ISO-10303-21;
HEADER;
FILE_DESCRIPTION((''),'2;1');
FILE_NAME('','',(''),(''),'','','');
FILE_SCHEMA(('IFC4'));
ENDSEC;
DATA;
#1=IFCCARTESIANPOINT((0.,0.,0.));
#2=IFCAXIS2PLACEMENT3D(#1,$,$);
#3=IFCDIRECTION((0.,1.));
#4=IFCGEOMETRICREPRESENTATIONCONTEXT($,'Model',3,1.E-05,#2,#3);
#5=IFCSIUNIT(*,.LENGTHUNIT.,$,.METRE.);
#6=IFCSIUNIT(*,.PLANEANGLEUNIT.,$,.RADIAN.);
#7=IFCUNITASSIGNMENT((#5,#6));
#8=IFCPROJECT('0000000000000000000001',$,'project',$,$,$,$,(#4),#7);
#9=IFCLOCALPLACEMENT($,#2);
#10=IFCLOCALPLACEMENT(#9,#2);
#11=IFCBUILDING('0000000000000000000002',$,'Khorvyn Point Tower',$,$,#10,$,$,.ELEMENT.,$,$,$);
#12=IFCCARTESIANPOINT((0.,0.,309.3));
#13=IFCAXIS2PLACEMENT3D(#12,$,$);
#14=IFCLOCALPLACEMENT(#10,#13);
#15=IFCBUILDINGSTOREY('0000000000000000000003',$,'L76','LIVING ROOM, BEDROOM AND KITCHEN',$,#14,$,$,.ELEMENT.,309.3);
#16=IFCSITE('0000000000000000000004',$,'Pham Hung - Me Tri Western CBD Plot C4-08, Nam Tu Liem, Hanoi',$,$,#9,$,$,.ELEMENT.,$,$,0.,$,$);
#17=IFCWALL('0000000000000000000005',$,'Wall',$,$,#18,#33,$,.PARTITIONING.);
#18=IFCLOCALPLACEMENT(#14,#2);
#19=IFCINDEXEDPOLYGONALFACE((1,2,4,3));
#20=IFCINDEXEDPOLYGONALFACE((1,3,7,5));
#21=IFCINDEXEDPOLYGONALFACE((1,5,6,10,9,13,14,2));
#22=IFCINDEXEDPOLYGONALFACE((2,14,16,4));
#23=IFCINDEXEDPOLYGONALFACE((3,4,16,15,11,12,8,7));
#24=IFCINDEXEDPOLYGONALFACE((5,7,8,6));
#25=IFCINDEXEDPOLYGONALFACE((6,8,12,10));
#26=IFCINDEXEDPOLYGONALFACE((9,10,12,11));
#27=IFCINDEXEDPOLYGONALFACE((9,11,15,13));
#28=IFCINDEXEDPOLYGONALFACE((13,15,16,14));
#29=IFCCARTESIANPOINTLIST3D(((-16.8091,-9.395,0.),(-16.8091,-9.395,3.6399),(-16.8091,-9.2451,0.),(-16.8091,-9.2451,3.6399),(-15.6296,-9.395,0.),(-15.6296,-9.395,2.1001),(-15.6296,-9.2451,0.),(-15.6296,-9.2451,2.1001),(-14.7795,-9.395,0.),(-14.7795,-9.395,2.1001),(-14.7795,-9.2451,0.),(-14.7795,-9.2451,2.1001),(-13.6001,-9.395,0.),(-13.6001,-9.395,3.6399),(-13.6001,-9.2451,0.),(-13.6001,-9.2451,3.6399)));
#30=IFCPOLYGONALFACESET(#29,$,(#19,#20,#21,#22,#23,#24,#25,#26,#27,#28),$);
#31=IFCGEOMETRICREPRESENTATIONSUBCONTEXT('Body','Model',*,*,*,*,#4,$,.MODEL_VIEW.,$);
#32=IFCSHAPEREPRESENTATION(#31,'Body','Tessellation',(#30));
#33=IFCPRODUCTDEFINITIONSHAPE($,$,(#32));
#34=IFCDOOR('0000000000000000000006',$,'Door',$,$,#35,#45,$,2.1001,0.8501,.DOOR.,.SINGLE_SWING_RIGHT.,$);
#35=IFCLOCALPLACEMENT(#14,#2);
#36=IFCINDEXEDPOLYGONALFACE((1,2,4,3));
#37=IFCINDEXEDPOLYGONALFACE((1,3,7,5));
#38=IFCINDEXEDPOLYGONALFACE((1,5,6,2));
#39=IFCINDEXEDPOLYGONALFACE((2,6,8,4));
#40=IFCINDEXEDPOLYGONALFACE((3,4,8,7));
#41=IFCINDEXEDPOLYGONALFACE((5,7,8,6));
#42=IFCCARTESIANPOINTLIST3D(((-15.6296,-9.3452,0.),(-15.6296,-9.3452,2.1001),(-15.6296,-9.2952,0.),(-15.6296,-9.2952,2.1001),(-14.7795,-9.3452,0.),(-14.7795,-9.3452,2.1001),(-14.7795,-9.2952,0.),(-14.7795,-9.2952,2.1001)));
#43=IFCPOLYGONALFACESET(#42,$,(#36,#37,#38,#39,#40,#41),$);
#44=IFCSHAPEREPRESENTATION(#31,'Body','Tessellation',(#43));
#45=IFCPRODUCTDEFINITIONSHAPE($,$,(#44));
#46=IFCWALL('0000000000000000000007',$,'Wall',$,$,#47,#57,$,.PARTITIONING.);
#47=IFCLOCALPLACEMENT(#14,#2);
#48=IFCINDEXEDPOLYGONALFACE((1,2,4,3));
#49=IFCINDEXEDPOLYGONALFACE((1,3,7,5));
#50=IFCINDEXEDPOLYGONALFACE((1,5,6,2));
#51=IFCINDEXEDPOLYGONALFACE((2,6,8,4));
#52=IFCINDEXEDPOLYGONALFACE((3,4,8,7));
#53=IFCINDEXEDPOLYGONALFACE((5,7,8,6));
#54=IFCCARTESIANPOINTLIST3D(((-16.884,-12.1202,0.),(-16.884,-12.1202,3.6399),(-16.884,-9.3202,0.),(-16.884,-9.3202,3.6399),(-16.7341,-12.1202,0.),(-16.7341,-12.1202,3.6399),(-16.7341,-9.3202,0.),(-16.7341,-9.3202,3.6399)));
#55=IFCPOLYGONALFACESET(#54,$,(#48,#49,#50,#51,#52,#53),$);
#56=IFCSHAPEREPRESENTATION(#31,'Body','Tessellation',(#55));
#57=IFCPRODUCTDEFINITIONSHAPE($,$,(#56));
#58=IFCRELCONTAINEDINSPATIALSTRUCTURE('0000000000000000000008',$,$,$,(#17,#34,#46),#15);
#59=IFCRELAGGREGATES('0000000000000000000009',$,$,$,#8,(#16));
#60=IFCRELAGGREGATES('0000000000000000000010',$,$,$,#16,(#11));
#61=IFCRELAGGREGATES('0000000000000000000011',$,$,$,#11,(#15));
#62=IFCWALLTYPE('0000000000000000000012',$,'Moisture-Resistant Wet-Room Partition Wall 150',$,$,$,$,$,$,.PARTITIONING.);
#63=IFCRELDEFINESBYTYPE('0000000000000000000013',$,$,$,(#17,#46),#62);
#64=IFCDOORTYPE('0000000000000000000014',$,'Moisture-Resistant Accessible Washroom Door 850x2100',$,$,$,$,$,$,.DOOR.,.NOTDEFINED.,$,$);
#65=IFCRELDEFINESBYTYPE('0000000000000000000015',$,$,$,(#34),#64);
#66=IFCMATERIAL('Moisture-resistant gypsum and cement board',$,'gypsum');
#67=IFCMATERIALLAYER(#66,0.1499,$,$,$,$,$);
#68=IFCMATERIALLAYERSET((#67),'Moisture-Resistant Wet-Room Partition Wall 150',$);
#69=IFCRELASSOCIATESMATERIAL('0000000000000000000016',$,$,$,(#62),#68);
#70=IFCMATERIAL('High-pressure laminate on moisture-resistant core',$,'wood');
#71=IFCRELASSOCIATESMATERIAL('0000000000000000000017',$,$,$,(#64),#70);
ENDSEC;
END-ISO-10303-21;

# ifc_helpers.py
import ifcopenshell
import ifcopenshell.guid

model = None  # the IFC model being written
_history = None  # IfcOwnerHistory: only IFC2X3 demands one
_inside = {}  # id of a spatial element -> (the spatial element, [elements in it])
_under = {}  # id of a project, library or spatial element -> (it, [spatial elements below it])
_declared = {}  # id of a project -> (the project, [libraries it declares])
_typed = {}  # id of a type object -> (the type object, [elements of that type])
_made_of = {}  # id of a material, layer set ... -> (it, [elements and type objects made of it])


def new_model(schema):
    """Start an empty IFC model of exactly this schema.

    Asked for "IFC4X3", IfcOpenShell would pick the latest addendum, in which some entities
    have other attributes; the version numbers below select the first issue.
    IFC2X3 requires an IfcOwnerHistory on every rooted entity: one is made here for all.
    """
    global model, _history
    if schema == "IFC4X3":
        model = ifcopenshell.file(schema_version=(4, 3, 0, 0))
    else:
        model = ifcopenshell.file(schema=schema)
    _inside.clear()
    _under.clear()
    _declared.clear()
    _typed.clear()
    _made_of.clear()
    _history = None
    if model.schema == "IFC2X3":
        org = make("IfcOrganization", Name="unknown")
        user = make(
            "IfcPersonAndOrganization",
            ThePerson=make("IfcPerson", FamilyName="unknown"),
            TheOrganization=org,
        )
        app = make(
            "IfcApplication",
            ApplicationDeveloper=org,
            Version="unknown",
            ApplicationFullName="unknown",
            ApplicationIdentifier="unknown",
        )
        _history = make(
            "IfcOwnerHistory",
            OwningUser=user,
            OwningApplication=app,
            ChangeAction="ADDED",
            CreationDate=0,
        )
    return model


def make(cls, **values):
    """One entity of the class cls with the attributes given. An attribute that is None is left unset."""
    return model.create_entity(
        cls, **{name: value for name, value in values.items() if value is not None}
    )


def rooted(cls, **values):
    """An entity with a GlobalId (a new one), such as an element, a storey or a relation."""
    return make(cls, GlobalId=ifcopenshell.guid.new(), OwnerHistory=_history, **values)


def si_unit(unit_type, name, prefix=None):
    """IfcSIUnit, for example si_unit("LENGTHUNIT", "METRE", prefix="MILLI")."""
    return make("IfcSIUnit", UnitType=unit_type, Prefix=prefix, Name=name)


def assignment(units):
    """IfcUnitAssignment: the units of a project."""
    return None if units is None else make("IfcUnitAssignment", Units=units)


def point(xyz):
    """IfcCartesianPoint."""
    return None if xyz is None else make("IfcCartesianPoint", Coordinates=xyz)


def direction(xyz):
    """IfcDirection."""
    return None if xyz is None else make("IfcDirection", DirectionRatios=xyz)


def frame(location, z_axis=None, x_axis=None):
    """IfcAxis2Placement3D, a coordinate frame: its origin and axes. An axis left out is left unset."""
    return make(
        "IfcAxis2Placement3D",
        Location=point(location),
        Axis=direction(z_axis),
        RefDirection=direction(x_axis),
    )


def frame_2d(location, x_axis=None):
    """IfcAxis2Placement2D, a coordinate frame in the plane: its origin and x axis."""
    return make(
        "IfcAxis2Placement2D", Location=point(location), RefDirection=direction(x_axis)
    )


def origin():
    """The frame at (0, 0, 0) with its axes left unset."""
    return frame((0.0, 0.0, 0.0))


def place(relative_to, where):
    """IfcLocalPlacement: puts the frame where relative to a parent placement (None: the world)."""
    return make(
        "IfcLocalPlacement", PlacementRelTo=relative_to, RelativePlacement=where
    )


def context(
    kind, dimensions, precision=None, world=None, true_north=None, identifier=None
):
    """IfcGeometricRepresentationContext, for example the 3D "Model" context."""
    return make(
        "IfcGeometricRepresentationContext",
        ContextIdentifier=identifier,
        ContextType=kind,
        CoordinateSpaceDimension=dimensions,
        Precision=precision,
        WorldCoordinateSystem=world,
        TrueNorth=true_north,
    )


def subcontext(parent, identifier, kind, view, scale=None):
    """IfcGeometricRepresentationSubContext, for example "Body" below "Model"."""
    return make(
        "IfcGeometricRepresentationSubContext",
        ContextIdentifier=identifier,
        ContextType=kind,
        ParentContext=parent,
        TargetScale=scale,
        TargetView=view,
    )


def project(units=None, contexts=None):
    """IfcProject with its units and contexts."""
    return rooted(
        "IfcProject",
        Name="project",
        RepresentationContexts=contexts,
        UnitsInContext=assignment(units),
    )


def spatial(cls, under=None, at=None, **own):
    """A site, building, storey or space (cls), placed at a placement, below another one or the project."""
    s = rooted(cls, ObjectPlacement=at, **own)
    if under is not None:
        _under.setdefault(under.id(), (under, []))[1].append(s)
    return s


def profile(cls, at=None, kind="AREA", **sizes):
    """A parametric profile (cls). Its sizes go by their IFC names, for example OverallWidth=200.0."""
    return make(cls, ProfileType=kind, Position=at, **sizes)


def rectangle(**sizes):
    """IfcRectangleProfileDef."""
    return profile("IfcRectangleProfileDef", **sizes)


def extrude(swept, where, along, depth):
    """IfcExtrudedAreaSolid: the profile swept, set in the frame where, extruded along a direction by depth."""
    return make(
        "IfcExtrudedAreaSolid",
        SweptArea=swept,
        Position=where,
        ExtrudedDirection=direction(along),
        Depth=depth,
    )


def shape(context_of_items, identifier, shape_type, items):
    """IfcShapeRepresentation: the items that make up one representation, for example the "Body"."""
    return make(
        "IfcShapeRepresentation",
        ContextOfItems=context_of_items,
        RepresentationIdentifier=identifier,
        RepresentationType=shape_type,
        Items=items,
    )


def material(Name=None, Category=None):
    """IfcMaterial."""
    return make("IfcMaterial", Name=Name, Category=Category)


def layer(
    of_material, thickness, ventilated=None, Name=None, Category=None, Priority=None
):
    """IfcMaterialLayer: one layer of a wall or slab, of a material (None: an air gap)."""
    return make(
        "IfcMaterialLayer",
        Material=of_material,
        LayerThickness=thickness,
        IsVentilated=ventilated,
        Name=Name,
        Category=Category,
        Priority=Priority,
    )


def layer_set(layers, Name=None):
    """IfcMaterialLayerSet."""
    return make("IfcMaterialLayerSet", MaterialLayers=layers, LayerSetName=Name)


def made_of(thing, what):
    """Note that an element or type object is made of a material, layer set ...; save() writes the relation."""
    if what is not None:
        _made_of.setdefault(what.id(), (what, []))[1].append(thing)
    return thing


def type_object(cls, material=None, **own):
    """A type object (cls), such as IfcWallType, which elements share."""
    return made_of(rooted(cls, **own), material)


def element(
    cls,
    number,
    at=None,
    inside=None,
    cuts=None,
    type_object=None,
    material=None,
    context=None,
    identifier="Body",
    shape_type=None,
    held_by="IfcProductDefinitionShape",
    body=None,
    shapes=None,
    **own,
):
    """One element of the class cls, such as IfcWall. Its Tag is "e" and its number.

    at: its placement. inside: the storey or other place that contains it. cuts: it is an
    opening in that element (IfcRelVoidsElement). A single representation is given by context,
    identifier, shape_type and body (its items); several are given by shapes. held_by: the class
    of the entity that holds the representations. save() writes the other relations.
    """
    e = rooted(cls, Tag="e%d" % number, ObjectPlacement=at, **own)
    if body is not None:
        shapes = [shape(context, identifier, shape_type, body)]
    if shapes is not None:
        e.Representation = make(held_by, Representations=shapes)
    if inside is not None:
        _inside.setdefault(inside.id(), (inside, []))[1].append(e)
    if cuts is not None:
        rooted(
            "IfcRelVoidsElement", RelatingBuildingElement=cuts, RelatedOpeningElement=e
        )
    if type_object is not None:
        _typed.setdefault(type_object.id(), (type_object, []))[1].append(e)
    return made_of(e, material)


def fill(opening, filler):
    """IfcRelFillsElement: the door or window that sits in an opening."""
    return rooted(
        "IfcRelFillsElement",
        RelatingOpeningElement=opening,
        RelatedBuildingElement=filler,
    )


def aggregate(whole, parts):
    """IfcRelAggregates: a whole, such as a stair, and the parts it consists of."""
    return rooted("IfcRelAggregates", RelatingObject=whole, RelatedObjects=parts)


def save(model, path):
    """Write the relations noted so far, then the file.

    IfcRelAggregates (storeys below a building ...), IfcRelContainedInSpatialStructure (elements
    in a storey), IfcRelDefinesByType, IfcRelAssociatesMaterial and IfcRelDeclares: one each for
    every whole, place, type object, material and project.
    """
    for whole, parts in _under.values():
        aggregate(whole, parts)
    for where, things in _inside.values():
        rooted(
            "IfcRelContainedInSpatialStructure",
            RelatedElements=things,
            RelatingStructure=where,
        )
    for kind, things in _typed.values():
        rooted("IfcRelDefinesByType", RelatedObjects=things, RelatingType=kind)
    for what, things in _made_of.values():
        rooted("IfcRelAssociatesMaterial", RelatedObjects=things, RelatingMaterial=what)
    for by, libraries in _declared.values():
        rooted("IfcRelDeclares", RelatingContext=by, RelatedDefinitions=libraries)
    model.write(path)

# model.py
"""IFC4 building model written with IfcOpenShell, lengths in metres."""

from ifc_helpers import new_model, si_unit, direction, frame, frame_2d, origin, place, context, subcontext, project, spatial, rectangle, extrude, material, layer, layer_set, type_object, element, fill, save


model = new_model("IFC4")

# Units and contexts
model_context = context("Model", 3, precision=1e-05, world=origin(), true_north=direction((0.0, 1.0)))
body_context = subcontext(model_context, "Body", "Model", "MODEL_VIEW")
ifc_project = project(units=[si_unit("LENGTHUNIT", "METRE"), si_unit("PLANEANGLEUNIT", "RADIAN")], contexts=[model_context])

# Site, building, storey
site_placement = place(None, origin())
site = spatial("IfcSite", under=ifc_project, at=site_placement, Name="Pham Hung - Me Tri Western CBD Plot C4-08, Nam Tu Liem, Hanoi", CompositionType="ELEMENT", RefElevation=0.0)
building_placement = place(site_placement, origin())
building = spatial("IfcBuilding", under=site, at=building_placement, Name="Khorvyn Point Tower", CompositionType="ELEMENT")
storey_placement = place(building_placement, frame((0.0, 0.0, 309.3)))
storey = spatial("IfcBuildingStorey", under=building, at=storey_placement, Name="L76", Description="LIVING ROOM, BEDROOM AND KITCHEN", CompositionType="ELEMENT", Elevation=309.3)

# Wall, opening, door
ifc_material_1 = material(Name="Moisture-resistant gypsum and cement board", Category="gypsum")
ifc_layer_1 = layer(ifc_material_1, 0.1499)
ifc_layer_set_1 = layer_set([ifc_layer_1], Name="Moisture-Resistant Wet-Room Partition Wall 150")
wall_type_1 = type_object("IfcWallType", Name="Moisture-Resistant Wet-Room Partition Wall 150", PredefinedType="PARTITIONING", material=ifc_layer_set_1)
wall_1_placement = place(storey_placement, frame((-16.8091, -9.3201, 0.0), z_axis=(0.0, 0.0, 1.0), x_axis=(1.0, 0.0, 0.0)))
wall_1 = element("IfcWall", 1, at=wall_1_placement, inside=storey, type_object=wall_type_1, Name="Wall", PredefinedType="PARTITIONING", context=body_context, shape_type="SweptSolid", body=[
    extrude(rectangle(XDim=3.209, YDim=0.1499, at=frame_2d((1.6045, 0.0))), origin(), (0.0, 0.0, 1.0), 3.6399),
])
opening_1_placement = place(wall_1_placement, frame((1.1794, 0.0, 0.0)))
opening_1 = element("IfcOpeningElement", 2, at=opening_1_placement, cuts=wall_1, PredefinedType="OPENING", context=body_context, shape_type="SweptSolid", body=[
    extrude(rectangle(XDim=0.8501, YDim=2.1001, at=frame_2d((0.425, 1.05))), frame((0.0, 0.085, 0.0), z_axis=(0.0, -1.0, 0.0), x_axis=(1.0, 0.0, 0.0)), (0.0, 0.0, 1.0), 0.1699),
])
ifc_material_2 = material(Name="High-pressure laminate on moisture-resistant core", Category="wood")
door_type_1 = type_object("IfcDoorType", Name="Moisture-Resistant Accessible Washroom Door 850x2100", OperationType="NOTDEFINED", PredefinedType="DOOR", material=ifc_material_2)
door_1_placement = place(opening_1_placement, origin())
door_1 = element("IfcDoor", 3, at=door_1_placement, inside=storey, type_object=door_type_1, Name="Door", OperationType="SINGLE_SWING_RIGHT", OverallHeight=2.1001, OverallWidth=0.8501, PredefinedType="DOOR", context=body_context, shape_type="SweptSolid", body=[
    extrude(rectangle(XDim=0.8501, YDim=2.1001, at=frame_2d((0.425, 1.05))), frame((0.0, 0.0249, 0.0), z_axis=(0.0, -1.0, 0.0), x_axis=(1.0, 0.0, 0.0)), (0.0, 0.0, 1.0), 0.05),
])
fill(opening_1, door_1)

# Wall
wall_2_placement = place(storey_placement, frame((-16.8091, -12.1201, 0.0), z_axis=(0.0, 0.0, 1.0), x_axis=(0.0, 1.0, 0.0)))
element("IfcWall", 4, at=wall_2_placement, inside=storey, type_object=wall_type_1, Name="Wall", PredefinedType="PARTITIONING", context=body_context, shape_type="SweptSolid", body=[
    extrude(rectangle(XDim=2.8, YDim=0.1499, at=frame_2d((1.3999, 0.0))), origin(), (0.0, 0.0, 1.0), 3.6399),
])

save(model, "model.ifc")
